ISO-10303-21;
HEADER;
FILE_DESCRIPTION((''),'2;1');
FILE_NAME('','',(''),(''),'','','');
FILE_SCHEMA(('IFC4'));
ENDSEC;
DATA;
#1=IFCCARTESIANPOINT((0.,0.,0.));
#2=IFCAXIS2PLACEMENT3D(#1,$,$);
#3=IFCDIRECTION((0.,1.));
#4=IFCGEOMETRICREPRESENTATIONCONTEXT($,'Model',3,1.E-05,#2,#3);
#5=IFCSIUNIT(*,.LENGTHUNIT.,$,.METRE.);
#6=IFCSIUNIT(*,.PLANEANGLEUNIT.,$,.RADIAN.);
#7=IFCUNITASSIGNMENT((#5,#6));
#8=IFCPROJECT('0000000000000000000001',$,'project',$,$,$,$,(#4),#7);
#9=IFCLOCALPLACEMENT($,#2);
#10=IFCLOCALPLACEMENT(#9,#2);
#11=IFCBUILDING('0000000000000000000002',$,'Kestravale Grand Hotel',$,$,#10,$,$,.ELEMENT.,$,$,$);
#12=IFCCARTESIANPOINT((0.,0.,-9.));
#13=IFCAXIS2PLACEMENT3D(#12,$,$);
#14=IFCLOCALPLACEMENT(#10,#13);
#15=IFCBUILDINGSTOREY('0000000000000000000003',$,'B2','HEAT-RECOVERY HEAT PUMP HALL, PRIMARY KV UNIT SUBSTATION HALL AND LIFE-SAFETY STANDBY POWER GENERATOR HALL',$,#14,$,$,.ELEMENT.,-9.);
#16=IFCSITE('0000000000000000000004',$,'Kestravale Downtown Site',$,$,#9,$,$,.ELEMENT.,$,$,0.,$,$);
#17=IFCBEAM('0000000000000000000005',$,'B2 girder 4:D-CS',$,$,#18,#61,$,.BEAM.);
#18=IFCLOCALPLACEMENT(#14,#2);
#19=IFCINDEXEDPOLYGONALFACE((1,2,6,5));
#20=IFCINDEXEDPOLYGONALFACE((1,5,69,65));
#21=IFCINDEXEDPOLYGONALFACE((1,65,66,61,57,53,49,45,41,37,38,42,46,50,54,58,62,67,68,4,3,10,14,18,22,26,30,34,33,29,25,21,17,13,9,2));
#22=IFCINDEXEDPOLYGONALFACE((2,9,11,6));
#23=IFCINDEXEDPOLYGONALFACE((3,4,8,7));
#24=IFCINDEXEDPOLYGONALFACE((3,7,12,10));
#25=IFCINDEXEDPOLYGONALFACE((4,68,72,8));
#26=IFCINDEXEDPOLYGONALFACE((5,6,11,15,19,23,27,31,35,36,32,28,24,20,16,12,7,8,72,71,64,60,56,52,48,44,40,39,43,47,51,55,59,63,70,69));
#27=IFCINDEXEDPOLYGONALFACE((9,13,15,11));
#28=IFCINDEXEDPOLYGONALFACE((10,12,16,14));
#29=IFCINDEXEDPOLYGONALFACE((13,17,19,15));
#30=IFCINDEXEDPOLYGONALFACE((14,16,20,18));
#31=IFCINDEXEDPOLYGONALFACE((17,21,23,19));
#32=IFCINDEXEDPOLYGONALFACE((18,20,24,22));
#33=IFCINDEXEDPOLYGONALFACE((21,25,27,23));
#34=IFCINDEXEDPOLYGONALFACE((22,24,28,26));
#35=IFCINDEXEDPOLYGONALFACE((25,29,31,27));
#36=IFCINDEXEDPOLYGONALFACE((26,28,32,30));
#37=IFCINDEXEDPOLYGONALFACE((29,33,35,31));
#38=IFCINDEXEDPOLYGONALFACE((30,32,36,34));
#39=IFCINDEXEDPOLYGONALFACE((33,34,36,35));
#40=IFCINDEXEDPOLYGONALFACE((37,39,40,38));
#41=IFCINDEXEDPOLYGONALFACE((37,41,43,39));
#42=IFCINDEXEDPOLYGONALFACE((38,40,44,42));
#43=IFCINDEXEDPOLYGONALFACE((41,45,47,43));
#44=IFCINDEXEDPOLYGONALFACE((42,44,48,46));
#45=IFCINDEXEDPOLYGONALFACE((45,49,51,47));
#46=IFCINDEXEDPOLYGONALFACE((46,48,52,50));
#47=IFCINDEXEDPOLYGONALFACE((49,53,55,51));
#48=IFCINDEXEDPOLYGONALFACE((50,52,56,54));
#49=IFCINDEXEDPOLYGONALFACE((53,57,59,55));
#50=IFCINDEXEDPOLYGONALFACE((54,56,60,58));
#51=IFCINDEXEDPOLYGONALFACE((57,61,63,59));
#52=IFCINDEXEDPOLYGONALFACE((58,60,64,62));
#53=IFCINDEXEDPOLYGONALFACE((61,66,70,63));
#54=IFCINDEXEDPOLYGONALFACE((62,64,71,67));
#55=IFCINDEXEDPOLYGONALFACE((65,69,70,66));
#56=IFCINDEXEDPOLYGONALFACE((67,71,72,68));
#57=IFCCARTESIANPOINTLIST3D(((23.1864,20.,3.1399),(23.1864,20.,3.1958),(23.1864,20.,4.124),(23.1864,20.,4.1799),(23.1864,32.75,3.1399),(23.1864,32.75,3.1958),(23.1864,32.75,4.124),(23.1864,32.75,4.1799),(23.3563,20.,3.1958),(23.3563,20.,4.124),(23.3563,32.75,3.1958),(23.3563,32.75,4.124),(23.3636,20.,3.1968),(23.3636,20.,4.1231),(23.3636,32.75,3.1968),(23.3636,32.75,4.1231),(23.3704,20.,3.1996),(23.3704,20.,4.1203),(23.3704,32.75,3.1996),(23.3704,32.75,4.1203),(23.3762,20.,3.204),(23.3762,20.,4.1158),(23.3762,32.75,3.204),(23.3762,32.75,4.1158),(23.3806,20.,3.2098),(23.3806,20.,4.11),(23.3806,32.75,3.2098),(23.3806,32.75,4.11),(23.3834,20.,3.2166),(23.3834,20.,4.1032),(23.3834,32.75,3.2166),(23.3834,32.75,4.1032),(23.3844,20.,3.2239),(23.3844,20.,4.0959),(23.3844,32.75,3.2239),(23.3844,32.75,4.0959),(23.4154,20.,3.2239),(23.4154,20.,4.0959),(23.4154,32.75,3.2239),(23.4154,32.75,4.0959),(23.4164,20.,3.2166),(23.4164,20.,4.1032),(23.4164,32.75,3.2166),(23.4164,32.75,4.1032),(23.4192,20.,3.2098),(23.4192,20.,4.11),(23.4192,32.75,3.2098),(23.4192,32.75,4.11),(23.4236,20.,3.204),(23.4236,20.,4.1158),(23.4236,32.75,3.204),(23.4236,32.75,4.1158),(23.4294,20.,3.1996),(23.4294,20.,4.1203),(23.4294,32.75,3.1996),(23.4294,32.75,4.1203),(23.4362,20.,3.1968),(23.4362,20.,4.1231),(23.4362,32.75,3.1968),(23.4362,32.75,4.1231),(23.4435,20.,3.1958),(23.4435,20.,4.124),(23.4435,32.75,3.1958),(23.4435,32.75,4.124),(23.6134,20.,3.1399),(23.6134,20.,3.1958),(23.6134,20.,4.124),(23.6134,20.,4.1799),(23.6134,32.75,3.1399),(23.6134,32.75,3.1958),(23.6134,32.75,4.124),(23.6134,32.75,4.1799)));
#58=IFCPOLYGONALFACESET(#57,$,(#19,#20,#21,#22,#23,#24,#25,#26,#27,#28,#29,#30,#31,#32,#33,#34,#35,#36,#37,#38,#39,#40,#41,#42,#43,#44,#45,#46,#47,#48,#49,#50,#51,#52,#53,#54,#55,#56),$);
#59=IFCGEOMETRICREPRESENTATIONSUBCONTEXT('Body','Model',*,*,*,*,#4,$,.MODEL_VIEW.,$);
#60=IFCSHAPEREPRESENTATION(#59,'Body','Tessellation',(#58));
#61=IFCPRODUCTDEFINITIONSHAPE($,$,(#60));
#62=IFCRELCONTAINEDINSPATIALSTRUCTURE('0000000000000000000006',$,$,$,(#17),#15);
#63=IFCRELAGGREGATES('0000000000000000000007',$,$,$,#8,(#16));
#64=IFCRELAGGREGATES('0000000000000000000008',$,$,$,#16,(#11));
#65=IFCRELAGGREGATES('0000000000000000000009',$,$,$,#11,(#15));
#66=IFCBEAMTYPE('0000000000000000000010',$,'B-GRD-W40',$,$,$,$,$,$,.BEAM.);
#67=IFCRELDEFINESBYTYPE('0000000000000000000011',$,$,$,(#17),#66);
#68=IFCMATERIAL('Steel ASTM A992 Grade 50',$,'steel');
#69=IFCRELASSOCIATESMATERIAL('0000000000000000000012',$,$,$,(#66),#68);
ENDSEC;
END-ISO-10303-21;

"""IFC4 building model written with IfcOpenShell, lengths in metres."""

from ifc_helpers import new_model, si_unit, direction, frame, origin, origin_2d, place, context, subcontext, project, spatial, i_section, extrude, material, material_profile, profile_set, type_object, element, save


model = new_model("IFC4")

# Units and contexts
model_context = context("Model", 3, precision=1e-05, world=origin(), true_north=direction((0.0, 1.0)))
body_context = subcontext(model_context, "Body", "Model", "MODEL_VIEW")
ifc_project = project(units=[si_unit("LENGTHUNIT", "METRE"), si_unit("PLANEANGLEUNIT", "RADIAN")], contexts=[model_context])

# Site, building, storey
site_placement = place(None, origin())
site = spatial("IfcSite", under=ifc_project, at=site_placement, Name="Kestravale Downtown Site", CompositionType="ELEMENT", RefElevation=0.0)
building_placement = place(site_placement, origin())
building = spatial("IfcBuilding", under=site, at=building_placement, Name="Kestravale Grand Hotel", CompositionType="ELEMENT")
storey_placement = place(building_placement, frame((0.0, 0.0, -9.0)))
storey = spatial("IfcBuildingStorey", under=building, at=storey_placement, Name="B2", Description="HEAT-RECOVERY HEAT PUMP HALL, PRIMARY KV UNIT SUBSTATION HALL AND LIFE-SAFETY STANDBY POWER GENERATOR HALL", CompositionType="ELEMENT", Elevation=-9.0)

# Beam
ifc_material_1 = material(Name="Steel ASTM A992 Grade 50", Category="steel")
ifc_material_profile_1 = material_profile(ifc_material_1, i_section(OverallWidth=0.427, OverallDepth=1.04, WebThickness=0.031, FlangeThickness=0.0559, FilletRadius=0.0281, at=origin_2d()))
ifc_profile_set_1 = profile_set([ifc_material_profile_1], Name="Steel ASTM A992 Grade 50")
beam_type_1 = type_object("IfcBeamType", Name="B-GRD-W40", PredefinedType="BEAM", material=ifc_profile_set_1)
beam_1_placement = place(storey_placement, frame((23.3999, 20.0, 3.6599), z_axis=(0.0, 1.0, 0.0), x_axis=(-1.0, 0.0, 0.0)))
element("IfcBeam", 1, at=beam_1_placement, inside=storey, type_object=beam_type_1, Name="B2 girder 4:D-CS", PredefinedType="BEAM", context=body_context, shape_type="SweptSolid", body=[
    extrude(i_section(OverallWidth=0.427, OverallDepth=1.04, WebThickness=0.031, FlangeThickness=0.0559, FilletRadius=0.0281, at=origin_2d()), origin(), (0.0, 0.0, 1.0), 12.75),
])

save(model, "model.ifc")
